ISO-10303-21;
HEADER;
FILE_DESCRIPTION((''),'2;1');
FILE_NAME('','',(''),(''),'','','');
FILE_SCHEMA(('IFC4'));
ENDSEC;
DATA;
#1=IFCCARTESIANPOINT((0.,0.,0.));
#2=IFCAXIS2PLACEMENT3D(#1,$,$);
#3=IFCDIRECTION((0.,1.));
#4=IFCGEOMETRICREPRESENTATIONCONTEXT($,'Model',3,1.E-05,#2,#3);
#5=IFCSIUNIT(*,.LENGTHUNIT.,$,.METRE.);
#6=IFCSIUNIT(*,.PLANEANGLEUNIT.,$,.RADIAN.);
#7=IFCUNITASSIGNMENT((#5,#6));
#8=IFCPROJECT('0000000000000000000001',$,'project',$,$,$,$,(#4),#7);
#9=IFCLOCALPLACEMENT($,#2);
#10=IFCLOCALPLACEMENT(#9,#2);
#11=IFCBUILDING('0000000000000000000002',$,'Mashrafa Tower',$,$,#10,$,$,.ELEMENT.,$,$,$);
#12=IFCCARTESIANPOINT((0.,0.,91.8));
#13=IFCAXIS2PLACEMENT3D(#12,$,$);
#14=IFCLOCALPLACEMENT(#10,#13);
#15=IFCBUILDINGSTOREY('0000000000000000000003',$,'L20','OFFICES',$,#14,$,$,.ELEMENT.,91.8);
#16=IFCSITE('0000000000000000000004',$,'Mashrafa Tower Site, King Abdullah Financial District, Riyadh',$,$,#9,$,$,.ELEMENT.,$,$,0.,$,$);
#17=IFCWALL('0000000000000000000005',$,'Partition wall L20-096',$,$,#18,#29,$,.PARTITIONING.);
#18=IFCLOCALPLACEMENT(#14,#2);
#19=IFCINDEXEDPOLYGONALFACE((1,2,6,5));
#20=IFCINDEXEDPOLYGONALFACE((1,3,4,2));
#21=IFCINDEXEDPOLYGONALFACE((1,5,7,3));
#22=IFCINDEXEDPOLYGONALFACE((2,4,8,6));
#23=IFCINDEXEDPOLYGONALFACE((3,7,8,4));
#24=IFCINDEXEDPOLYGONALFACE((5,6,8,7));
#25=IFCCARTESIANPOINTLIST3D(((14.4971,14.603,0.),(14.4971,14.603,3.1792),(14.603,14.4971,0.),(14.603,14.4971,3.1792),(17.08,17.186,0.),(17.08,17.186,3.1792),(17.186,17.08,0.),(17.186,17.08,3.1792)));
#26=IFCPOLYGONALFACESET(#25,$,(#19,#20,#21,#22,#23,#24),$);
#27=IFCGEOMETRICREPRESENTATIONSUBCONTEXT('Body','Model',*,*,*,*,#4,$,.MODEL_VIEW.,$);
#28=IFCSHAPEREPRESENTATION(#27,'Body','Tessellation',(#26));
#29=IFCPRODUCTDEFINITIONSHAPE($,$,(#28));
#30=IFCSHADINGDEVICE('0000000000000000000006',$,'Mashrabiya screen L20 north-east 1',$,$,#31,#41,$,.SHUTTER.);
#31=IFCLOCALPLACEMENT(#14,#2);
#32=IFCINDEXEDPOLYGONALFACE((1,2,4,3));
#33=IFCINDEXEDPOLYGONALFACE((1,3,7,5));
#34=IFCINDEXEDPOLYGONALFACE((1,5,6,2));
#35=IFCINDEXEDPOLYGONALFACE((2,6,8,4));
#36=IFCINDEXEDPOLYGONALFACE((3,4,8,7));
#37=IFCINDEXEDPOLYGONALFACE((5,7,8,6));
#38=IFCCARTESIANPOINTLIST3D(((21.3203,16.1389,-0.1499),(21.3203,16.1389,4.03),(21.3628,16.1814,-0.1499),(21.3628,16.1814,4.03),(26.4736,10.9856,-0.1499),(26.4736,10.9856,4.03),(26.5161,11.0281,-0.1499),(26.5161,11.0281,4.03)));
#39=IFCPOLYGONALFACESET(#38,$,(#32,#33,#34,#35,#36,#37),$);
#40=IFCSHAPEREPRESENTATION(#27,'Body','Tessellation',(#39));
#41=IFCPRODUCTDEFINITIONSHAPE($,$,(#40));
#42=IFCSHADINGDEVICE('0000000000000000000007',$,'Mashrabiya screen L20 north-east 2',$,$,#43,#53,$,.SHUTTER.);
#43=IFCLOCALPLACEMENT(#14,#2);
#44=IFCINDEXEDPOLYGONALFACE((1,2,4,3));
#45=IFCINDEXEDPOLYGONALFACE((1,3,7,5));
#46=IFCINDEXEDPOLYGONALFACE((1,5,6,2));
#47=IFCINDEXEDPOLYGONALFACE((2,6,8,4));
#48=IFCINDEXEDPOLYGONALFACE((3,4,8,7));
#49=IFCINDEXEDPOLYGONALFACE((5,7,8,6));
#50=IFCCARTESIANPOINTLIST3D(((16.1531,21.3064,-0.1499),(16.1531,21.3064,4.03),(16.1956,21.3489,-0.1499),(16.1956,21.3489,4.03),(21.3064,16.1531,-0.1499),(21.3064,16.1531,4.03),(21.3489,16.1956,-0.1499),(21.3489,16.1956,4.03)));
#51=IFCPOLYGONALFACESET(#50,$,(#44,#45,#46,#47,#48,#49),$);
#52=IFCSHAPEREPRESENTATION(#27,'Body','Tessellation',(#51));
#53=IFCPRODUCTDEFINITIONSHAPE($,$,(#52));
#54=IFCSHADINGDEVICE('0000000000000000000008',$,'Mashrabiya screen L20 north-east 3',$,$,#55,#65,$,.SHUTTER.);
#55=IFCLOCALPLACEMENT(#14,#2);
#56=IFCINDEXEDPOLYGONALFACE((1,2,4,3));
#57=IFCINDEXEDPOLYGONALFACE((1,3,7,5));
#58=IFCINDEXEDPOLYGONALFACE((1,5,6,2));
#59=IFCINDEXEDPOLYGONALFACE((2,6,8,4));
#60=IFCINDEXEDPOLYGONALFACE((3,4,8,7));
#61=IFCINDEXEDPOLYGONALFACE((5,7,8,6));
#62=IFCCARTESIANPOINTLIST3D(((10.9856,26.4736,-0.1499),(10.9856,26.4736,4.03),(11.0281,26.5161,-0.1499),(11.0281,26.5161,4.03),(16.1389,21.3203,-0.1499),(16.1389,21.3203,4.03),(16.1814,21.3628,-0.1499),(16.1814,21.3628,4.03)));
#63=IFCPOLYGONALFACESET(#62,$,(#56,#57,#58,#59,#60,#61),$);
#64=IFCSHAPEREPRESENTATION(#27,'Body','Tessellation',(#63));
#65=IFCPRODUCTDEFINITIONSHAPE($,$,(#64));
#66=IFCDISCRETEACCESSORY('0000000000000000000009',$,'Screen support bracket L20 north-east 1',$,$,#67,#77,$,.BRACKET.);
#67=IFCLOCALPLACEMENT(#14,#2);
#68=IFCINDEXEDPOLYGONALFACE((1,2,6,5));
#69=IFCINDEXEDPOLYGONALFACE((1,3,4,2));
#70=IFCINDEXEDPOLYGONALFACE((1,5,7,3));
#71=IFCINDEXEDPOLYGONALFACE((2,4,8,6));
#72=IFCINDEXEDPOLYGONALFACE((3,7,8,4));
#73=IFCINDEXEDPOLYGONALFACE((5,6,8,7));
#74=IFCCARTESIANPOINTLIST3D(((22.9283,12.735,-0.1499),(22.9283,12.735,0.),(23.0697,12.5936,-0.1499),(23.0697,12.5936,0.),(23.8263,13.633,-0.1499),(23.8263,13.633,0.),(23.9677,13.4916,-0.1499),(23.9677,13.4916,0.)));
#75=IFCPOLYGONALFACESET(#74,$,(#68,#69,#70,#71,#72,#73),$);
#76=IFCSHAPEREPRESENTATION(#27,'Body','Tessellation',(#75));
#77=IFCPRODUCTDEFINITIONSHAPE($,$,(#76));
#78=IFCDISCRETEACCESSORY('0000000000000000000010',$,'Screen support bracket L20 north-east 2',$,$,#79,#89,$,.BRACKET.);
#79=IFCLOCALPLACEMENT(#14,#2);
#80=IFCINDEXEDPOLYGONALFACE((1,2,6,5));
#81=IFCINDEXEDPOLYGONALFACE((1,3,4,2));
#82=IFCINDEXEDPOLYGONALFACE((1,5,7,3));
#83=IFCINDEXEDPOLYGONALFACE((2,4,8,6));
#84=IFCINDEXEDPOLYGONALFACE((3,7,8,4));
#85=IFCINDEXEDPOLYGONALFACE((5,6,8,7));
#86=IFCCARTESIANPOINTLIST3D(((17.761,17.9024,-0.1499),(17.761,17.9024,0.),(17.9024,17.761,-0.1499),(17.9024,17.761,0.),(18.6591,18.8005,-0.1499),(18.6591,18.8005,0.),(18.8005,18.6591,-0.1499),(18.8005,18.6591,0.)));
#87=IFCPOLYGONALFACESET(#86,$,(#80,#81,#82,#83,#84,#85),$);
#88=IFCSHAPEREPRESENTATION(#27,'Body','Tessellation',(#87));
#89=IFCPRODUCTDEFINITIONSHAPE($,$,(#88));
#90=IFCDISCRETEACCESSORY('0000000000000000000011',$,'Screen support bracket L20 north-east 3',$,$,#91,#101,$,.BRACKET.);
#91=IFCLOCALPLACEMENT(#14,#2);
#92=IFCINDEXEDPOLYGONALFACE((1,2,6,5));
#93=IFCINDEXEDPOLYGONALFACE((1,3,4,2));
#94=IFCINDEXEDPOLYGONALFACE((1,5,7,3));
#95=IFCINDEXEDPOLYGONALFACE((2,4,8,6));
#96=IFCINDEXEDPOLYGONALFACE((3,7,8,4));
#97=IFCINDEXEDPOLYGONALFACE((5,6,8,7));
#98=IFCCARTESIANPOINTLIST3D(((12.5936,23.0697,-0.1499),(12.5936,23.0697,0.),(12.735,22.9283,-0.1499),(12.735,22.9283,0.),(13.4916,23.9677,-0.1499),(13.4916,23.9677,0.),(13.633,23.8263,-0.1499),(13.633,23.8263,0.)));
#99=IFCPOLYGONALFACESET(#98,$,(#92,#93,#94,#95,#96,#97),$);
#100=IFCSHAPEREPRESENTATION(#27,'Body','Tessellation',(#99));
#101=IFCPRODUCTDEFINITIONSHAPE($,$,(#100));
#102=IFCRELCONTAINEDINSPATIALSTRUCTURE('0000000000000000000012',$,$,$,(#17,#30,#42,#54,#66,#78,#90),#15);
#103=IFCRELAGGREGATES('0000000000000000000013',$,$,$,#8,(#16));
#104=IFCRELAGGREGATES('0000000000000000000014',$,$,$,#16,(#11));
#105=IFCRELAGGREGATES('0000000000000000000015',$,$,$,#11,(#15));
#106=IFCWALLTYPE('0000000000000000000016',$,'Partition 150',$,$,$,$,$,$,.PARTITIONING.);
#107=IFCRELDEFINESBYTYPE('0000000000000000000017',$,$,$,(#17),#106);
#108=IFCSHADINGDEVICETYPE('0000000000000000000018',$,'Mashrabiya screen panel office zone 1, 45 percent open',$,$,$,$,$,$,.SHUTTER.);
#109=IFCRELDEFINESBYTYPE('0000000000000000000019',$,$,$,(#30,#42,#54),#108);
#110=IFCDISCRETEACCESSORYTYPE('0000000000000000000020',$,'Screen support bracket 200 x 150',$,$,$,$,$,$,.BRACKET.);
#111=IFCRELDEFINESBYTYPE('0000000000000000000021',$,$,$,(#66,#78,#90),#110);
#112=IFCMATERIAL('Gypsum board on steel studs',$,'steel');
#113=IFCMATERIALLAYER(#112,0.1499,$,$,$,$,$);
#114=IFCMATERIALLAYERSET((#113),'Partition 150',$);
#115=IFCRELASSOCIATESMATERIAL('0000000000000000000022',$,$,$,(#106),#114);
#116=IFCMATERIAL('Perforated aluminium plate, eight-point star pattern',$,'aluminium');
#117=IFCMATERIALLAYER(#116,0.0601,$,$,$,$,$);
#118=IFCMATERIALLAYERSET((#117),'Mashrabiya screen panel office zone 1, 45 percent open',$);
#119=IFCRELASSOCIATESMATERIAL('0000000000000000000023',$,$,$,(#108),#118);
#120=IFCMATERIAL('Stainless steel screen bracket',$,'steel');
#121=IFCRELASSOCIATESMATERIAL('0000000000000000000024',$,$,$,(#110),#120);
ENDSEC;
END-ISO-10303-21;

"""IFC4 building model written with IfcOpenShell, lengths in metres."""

from ifc_helpers import new_model, si_unit, direction, frame, frame_2d, origin, origin_2d, place, context, subcontext, project, spatial, rectangle, extrude, source, transform, mapped, material, layer, layer_set, type_object, type_shapes, element, save


model = new_model("IFC4")

# Units and contexts
model_context = context("Model", 3, precision=1e-05, world=origin(), true_north=direction((0.0, 1.0)))
body_context = subcontext(model_context, "Body", "Model", "MODEL_VIEW")
ifc_project = project(units=[si_unit("LENGTHUNIT", "METRE"), si_unit("PLANEANGLEUNIT", "RADIAN")], contexts=[model_context])

# Site, building, storey
site_placement = place(None, origin())
site = spatial("IfcSite", under=ifc_project, at=site_placement, Name="Mashrafa Tower Site, King Abdullah Financial District, Riyadh", CompositionType="ELEMENT", RefElevation=0.0)
building_placement = place(site_placement, origin())
building = spatial("IfcBuilding", under=site, at=building_placement, Name="Mashrafa Tower", CompositionType="ELEMENT")
storey_placement = place(building_placement, frame((0.0, 0.0, 91.8)))
storey = spatial("IfcBuildingStorey", under=building, at=storey_placement, Name="L20", Description="OFFICES", CompositionType="ELEMENT", Elevation=91.8)

# Wall
ifc_material_1 = material(Name="Gypsum board on steel studs", Category="steel")
ifc_layer_1 = layer(ifc_material_1, 0.1499)
ifc_layer_set_1 = layer_set([ifc_layer_1], Name="Partition 150")
wall_type_1 = type_object("IfcWallType", Name="Partition 150", PredefinedType="PARTITIONING", material=ifc_layer_set_1)
wall_1_placement = place(storey_placement, frame((14.55, 14.55, 0.0), z_axis=(0.0, 0.0, 1.0), x_axis=(0.707107, 0.707107, 0.0)))
element("IfcWall", 1, at=wall_1_placement, inside=storey, type_object=wall_type_1, Name="Partition wall L20-096", PredefinedType="PARTITIONING", context=body_context, shape_type="SweptSolid", body=[
    extrude(rectangle(XDim=3.6528, YDim=0.1499, at=frame_2d((1.8264, 0.0))), origin(), (0.0, 0.0, 1.0), 3.1792),
])

# Shading devices
ifc_material_2 = material(Name="Perforated aluminium plate, eight-point star pattern", Category="aluminium")
ifc_layer_2 = layer(ifc_material_2, 0.0601)
ifc_layer_set_2 = layer_set([ifc_layer_2], Name="Mashrabiya screen panel office zone 1, 45 percent open")
shading_device_type = type_object("IfcShadingDeviceType", Name="Mashrabiya screen panel office zone 1, 45 percent open", PredefinedType="SHUTTER", material=ifc_layer_set_2)
shared_shape_1 = source(origin(), body_context, "Body", "SweptSolid", [
    extrude(rectangle(XDim=7.2878, YDim=0.0601, at=origin_2d()), origin(), (0.0, 0.0, 1.0), 4.1799),
])
type_shapes(shading_device_type, [shared_shape_1])
for number, where, z_axis, x_axis, name in (
    (2, (23.9182, 13.5835, -0.1499), (0.0, 0.0, 1.0), (-0.707107, 0.707107, 0.0), "Mashrabiya screen L20 north-east 1"),
    (3, (18.751, 18.751, -0.1499), (0.0, 0.0, 1.0), (-0.707107, 0.707107, 0.0), "Mashrabiya screen L20 north-east 2"),
    (4, (13.5835, 23.9182, -0.1499), (0.0, 0.0, 1.0), (-0.707107, 0.707107, 0.0), "Mashrabiya screen L20 north-east 3"),
):
    element("IfcShadingDevice", number, at=place(storey_placement, frame(where, z_axis=z_axis, x_axis=x_axis)), inside=storey, type_object=shading_device_type, Name=name, PredefinedType="SHUTTER", context=body_context, shape_type="MappedRepresentation", body=[
        mapped(shared_shape_1, transform((0.0, 0.0, 0.0))),
    ])

# Discrete accessories
ifc_material_3 = material(Name="Stainless steel screen bracket", Category="steel")
discrete_accessory_type = type_object("IfcDiscreteAccessoryType", Name="Screen support bracket 200 x 150", PredefinedType="BRACKET", material=ifc_material_3)
shared_shape_2 = source(origin(), body_context, "Body", "SweptSolid", [
    extrude(rectangle(XDim=0.2, YDim=1.27, at=origin_2d()), origin(), (0.0, 0.0, 1.0), 0.1499),
])
type_shapes(discrete_accessory_type, [shared_shape_2])
for number, where, z_axis, x_axis, name in (
    (5, (23.448, 13.1133, -0.1499), (0.0, 0.0, 1.0), (-0.707107, 0.707107, 0.0), "Screen support bracket L20 north-east 1"),
    (6, (18.2808, 18.2808, -0.1499), (0.0, 0.0, 1.0), (-0.707107, 0.707107, 0.0), "Screen support bracket L20 north-east 2"),
    (7, (13.1133, 23.448, -0.1499), (0.0, 0.0, 1.0), (-0.707107, 0.707107, 0.0), "Screen support bracket L20 north-east 3"),
):
    element("IfcDiscreteAccessory", number, at=place(storey_placement, frame(where, z_axis=z_axis, x_axis=x_axis)), inside=storey, type_object=discrete_accessory_type, Name=name, PredefinedType="BRACKET", context=body_context, shape_type="MappedRepresentation", body=[
        mapped(shared_shape_2, transform((0.0, 0.0, 0.0))),
    ])

save(model, "model.ifc")
